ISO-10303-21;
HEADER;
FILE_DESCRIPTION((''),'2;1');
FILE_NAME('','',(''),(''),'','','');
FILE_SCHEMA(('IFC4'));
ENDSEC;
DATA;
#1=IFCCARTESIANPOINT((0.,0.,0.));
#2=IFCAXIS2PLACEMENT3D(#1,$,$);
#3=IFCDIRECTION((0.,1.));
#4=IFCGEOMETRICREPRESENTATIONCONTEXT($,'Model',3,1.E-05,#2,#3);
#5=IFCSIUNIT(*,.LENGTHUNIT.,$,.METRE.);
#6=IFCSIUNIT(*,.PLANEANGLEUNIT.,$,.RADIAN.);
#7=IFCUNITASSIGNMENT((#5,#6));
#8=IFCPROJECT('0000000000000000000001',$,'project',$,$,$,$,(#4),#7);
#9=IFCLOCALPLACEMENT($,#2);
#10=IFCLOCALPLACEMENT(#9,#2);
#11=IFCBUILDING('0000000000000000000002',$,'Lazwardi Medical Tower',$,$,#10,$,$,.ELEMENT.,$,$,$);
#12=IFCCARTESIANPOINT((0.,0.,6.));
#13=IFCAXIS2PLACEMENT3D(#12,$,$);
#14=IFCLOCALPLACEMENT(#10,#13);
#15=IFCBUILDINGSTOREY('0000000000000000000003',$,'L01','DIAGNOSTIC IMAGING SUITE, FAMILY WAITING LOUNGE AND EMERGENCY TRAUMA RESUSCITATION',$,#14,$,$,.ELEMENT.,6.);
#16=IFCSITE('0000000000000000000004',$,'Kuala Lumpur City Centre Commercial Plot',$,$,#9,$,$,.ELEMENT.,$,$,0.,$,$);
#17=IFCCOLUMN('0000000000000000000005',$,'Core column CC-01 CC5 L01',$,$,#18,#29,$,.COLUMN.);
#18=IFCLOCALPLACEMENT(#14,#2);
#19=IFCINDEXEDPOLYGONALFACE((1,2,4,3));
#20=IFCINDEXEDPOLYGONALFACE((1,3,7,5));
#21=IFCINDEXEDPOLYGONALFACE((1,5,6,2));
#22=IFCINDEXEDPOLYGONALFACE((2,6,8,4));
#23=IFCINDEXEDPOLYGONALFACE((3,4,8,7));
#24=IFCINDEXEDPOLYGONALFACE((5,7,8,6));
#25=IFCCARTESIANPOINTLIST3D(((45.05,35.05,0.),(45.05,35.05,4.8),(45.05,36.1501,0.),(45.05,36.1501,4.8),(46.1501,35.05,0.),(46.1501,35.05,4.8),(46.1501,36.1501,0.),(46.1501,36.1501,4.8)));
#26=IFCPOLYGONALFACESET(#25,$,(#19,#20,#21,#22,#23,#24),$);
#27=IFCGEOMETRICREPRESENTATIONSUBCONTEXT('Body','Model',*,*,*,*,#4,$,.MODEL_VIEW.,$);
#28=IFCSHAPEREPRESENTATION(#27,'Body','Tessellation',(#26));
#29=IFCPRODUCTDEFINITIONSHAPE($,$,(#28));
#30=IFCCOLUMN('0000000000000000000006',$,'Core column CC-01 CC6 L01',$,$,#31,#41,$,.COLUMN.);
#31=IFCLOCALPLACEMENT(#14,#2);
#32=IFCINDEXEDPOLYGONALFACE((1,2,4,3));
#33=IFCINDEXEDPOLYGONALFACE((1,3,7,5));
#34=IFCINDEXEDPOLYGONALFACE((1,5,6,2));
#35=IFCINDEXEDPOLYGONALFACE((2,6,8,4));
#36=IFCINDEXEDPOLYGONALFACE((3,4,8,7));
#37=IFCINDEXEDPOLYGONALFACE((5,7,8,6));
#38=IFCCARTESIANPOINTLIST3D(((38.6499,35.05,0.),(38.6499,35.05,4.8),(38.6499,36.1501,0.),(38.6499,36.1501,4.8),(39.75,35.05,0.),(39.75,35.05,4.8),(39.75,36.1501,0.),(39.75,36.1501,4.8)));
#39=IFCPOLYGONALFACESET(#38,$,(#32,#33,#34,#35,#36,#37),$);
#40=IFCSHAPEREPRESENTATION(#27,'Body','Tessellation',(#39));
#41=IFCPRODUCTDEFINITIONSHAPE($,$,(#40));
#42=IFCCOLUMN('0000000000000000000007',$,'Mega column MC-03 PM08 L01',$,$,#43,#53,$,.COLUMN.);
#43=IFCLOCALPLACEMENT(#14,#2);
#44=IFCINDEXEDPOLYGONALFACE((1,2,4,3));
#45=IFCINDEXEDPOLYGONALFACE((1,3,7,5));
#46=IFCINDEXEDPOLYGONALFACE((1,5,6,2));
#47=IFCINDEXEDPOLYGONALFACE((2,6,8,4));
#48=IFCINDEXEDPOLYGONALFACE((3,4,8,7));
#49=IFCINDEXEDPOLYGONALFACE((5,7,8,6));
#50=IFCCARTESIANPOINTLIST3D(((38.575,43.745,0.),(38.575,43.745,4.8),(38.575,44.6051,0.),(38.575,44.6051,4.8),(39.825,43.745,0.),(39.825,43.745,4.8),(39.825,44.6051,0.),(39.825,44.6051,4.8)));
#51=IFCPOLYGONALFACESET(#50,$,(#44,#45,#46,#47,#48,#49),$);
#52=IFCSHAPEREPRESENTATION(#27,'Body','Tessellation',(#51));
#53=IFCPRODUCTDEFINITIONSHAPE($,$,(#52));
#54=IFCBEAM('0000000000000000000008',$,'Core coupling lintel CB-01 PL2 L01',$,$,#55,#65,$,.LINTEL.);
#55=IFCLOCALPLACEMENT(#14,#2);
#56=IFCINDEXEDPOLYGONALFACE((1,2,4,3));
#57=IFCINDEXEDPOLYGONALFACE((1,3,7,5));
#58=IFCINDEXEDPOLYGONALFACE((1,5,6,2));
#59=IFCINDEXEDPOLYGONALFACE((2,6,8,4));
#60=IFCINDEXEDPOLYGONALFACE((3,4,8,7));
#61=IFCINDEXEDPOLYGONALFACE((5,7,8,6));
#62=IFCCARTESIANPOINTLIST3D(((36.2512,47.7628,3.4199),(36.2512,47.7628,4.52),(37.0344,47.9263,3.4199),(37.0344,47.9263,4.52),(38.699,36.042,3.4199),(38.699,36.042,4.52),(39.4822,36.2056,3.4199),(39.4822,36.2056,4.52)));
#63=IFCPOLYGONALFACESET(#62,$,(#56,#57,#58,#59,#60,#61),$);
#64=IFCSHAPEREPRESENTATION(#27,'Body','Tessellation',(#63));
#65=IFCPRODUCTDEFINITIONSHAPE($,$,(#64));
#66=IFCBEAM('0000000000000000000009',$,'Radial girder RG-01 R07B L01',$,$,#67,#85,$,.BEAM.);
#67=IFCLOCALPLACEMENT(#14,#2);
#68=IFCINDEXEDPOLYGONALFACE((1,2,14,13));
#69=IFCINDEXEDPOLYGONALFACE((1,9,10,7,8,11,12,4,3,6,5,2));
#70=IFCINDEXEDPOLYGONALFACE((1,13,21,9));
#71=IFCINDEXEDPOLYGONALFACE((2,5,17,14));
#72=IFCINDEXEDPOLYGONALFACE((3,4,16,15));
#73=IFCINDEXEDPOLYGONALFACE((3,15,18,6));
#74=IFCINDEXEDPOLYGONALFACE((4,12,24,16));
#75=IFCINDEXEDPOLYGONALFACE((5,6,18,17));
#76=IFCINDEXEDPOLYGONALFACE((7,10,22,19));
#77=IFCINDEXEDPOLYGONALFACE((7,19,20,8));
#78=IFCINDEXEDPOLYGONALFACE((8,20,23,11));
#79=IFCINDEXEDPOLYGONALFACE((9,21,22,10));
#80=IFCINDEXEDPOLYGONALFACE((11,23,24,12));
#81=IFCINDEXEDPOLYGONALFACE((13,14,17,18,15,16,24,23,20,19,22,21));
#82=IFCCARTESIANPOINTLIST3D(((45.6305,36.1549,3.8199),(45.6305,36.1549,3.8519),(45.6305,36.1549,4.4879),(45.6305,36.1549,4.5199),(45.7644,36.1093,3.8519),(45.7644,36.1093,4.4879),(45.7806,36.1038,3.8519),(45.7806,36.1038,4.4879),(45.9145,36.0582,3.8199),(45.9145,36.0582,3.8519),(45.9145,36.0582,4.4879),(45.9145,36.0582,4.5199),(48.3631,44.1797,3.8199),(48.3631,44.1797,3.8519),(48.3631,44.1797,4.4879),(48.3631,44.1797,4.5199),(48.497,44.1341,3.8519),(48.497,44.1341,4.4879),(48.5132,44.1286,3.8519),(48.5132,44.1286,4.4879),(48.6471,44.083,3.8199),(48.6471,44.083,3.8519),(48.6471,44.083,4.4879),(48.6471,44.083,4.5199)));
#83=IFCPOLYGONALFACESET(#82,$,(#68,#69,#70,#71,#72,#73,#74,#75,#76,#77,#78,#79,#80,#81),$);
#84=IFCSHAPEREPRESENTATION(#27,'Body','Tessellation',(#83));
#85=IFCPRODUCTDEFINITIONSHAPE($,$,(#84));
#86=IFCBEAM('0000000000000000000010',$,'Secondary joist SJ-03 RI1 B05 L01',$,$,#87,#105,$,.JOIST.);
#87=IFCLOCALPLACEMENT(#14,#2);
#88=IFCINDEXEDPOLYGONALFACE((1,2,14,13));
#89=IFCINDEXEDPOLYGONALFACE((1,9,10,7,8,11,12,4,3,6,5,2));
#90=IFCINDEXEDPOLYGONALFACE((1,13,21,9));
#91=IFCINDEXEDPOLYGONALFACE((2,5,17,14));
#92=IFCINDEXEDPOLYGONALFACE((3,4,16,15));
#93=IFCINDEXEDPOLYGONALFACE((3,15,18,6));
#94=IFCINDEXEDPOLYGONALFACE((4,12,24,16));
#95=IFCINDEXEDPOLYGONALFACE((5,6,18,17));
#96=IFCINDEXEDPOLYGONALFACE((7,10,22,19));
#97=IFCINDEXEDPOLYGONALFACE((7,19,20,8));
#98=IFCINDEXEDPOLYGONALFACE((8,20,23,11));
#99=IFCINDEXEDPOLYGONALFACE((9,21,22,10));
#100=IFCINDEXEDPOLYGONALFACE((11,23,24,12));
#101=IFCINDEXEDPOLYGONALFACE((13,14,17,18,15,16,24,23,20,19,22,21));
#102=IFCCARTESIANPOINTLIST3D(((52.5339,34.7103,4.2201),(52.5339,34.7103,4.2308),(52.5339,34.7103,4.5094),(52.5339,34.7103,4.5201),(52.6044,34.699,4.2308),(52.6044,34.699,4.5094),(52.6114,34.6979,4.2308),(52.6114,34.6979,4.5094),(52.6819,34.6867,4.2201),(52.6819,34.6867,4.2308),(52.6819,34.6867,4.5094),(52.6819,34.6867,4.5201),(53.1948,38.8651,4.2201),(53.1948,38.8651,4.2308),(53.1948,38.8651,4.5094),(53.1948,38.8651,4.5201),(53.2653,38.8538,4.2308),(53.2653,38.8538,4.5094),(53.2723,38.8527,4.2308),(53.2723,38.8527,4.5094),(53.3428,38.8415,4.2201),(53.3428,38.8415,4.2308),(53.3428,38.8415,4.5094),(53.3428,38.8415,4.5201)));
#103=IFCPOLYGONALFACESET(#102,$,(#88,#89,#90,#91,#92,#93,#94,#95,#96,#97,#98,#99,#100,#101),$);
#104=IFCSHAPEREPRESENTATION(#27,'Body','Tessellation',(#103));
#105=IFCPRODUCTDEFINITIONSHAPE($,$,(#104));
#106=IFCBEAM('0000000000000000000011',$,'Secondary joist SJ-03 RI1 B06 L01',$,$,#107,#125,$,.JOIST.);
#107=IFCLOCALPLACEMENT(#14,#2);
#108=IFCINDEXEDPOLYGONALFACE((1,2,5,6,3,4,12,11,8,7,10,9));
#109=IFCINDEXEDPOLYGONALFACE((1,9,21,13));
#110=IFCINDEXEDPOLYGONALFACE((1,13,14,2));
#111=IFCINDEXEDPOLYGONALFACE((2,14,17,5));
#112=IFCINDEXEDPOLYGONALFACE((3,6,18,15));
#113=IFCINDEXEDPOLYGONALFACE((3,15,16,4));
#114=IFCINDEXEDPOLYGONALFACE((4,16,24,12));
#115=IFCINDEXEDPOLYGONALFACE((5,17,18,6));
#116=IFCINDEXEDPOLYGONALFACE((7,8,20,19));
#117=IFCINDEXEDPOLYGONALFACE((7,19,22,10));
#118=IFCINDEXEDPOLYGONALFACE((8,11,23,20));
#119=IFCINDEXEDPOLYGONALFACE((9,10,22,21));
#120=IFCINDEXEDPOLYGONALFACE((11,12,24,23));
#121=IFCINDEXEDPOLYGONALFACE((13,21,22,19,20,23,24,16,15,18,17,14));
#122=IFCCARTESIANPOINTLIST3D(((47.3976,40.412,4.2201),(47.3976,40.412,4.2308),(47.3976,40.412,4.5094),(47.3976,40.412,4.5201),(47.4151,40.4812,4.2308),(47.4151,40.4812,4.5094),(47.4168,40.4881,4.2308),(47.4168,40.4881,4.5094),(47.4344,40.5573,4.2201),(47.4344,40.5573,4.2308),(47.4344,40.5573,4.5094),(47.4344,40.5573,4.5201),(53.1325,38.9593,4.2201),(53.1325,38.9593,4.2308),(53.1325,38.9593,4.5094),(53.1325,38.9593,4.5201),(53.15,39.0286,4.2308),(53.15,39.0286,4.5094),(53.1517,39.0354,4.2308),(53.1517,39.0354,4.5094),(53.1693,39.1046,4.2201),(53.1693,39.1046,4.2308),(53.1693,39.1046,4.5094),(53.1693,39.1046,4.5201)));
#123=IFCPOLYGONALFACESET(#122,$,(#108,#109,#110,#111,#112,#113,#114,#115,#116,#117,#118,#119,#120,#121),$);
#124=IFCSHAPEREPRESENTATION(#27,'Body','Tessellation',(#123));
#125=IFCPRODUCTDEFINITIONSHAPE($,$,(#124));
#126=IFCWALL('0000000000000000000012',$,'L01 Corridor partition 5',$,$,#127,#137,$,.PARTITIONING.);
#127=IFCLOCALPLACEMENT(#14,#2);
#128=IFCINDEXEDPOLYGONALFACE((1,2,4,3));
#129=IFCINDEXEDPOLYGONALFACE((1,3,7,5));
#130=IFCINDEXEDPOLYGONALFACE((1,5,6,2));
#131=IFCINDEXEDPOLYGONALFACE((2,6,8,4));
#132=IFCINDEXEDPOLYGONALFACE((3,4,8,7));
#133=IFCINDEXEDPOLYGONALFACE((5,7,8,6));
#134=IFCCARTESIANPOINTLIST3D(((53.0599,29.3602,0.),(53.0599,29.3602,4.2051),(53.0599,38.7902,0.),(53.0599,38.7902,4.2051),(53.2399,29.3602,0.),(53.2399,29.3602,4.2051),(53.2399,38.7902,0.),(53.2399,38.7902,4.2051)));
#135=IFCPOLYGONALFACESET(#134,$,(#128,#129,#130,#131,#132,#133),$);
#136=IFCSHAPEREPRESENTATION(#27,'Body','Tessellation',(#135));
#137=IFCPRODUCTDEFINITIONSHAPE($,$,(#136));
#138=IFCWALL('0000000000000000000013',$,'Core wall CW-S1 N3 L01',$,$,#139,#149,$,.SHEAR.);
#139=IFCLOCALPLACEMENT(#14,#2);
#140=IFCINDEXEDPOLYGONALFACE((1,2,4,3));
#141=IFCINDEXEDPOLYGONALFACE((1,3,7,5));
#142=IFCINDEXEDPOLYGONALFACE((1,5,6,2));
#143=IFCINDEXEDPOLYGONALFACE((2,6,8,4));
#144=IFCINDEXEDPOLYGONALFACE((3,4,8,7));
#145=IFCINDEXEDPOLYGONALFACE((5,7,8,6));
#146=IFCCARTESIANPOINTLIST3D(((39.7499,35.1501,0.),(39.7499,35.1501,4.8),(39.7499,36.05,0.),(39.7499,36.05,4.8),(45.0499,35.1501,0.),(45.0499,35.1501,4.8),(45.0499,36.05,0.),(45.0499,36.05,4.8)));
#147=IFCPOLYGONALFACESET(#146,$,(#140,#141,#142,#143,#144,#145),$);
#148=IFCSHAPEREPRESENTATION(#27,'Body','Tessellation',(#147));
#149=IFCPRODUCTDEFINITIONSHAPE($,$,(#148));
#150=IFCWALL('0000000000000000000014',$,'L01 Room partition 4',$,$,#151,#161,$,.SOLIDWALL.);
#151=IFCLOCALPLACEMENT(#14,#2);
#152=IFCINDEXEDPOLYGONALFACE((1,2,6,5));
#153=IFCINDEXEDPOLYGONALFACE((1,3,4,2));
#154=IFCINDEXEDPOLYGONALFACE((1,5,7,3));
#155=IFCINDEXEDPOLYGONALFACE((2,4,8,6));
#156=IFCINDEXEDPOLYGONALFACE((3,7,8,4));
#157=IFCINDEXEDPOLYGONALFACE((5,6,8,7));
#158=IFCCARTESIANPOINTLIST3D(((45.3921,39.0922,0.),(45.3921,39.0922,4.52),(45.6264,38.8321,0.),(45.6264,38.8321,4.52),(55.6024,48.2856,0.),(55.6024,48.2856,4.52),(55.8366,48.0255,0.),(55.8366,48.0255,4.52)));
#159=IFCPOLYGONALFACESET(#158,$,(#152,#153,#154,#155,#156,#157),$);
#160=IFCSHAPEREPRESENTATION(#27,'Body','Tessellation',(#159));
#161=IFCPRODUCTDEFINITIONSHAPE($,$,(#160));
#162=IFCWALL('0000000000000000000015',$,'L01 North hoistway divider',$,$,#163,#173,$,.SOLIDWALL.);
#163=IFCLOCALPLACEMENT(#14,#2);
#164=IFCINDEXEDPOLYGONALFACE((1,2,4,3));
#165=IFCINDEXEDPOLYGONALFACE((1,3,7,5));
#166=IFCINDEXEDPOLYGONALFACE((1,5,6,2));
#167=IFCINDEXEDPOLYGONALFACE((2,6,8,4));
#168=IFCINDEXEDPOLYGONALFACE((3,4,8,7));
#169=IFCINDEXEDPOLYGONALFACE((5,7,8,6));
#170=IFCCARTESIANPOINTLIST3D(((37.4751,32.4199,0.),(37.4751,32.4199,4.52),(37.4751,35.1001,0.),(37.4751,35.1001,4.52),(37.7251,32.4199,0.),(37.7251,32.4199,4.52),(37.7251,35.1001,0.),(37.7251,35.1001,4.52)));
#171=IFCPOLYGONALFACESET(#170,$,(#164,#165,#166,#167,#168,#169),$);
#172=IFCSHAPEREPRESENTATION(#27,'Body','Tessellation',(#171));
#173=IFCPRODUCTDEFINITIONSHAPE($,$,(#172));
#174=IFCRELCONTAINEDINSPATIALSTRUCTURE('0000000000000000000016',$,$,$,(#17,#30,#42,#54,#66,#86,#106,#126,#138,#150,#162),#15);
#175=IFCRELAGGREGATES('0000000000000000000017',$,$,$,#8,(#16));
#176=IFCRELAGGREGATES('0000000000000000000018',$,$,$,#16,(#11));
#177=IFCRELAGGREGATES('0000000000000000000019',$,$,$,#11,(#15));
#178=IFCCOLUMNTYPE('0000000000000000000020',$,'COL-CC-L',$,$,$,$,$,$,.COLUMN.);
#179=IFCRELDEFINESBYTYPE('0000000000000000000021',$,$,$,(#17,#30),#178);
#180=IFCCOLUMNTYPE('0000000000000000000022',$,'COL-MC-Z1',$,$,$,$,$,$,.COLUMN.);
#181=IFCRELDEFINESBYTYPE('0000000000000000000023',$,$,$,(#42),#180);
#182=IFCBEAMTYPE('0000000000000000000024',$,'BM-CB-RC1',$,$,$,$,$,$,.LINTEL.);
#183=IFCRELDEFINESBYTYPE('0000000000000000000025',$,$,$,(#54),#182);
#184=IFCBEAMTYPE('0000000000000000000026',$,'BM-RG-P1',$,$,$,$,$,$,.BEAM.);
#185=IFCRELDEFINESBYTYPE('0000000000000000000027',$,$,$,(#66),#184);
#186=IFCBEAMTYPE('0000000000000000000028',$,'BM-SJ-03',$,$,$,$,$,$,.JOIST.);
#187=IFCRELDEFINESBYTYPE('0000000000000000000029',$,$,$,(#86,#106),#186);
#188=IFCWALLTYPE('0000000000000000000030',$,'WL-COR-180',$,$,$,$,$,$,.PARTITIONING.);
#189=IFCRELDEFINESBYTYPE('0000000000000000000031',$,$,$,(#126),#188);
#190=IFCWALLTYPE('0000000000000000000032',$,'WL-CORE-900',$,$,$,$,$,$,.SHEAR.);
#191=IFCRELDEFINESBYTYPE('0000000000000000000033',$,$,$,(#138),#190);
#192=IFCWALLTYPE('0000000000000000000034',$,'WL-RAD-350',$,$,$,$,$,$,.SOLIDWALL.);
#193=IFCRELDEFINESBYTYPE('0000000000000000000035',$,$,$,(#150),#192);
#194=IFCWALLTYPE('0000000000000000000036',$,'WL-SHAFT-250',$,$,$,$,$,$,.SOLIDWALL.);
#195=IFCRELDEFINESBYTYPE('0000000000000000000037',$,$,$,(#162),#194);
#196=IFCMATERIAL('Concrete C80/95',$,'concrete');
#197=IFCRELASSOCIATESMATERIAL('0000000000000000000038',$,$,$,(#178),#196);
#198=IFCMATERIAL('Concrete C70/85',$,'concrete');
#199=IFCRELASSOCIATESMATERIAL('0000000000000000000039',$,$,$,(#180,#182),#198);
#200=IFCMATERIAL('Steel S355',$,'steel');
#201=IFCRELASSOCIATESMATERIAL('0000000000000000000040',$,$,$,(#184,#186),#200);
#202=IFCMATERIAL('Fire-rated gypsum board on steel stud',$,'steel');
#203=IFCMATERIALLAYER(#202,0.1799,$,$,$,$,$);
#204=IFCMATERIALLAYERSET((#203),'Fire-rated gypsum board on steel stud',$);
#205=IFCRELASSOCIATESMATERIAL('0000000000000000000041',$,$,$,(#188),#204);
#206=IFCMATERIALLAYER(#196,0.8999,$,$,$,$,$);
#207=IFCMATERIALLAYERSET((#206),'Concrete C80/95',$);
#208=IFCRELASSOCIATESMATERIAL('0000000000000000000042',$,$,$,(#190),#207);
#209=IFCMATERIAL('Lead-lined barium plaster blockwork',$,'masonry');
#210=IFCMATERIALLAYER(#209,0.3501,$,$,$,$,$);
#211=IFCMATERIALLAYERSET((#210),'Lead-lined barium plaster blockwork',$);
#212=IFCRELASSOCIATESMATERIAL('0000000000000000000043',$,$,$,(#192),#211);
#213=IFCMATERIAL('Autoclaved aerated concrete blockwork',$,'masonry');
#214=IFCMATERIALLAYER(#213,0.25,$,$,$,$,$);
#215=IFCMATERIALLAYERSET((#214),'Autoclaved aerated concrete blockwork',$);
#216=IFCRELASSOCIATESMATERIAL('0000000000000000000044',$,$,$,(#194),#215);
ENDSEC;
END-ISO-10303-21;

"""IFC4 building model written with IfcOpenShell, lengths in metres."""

from ifc_helpers import new_model, si_unit, direction, frame, frame_2d, origin, origin_2d, place, context, subcontext, project, spatial, rectangle, i_section, extrude, material, layer, layer_set, material_profile, profile_set, type_object, element, save


model = new_model("IFC4")

# Units and contexts
model_context = context("Model", 3, precision=1e-05, world=origin(), true_north=direction((0.0, 1.0)))
body_context = subcontext(model_context, "Body", "Model", "MODEL_VIEW")
ifc_project = project(units=[si_unit("LENGTHUNIT", "METRE"), si_unit("PLANEANGLEUNIT", "RADIAN")], contexts=[model_context])

# Site, building, storey
site_placement = place(None, origin())
site = spatial("IfcSite", under=ifc_project, at=site_placement, Name="Kuala Lumpur City Centre Commercial Plot", CompositionType="ELEMENT", RefElevation=0.0)
building_placement = place(site_placement, origin())
building = spatial("IfcBuilding", under=site, at=building_placement, Name="Lazwardi Medical Tower", CompositionType="ELEMENT")
storey_placement = place(building_placement, frame((0.0, 0.0, 6.0)))
storey = spatial("IfcBuildingStorey", under=building, at=storey_placement, Name="L01", Description="DIAGNOSTIC IMAGING SUITE, FAMILY WAITING LOUNGE AND EMERGENCY TRAUMA RESUSCITATION", CompositionType="ELEMENT", Elevation=6.0)

# Columns
ifc_material_1 = material(Name="Concrete C80/95", Category="concrete")
ifc_material_profile_1 = material_profile(ifc_material_1, rectangle(XDim=1.1001, YDim=1.1001, at=origin_2d()), Name="RC 1100x1100")
ifc_profile_set_1 = profile_set([ifc_material_profile_1], Name="Concrete C80/95")
column_type_1 = type_object("IfcColumnType", Name="COL-CC-L", PredefinedType="COLUMN", material=ifc_profile_set_1)
for number, where, z_axis, x_axis, name in (
    (1, (45.6001, 35.6001, 0.0), (0.0, 0.0, 1.0), (1.0, 0.0, 0.0), "Core column CC-01 CC5 L01"),
    (2, (39.2, 35.6001, 0.0), (0.0, 0.0, 1.0), (1.0, 0.0, 0.0), "Core column CC-01 CC6 L01"),
):
    element("IfcColumn", number, at=place(storey_placement, frame(where, z_axis=z_axis, x_axis=x_axis)), inside=storey, type_object=column_type_1, Name=name, PredefinedType="COLUMN", context=body_context, shape_type="SweptSolid", body=[
        extrude(rectangle(XDim=1.1001, YDim=1.1001, at=origin_2d()), origin(), (0.0, 0.0, 1.0), 4.8),
    ])
ifc_material_2 = material(Name="Concrete C70/85", Category="concrete")
ifc_material_profile_2 = material_profile(ifc_material_2, rectangle(XDim=1.25, YDim=0.8601, at=origin_2d()), Name="CFT-RECT 1250x860")
ifc_profile_set_2 = profile_set([ifc_material_profile_2], Name="Concrete C70/85")
column_type_2 = type_object("IfcColumnType", Name="COL-MC-Z1", PredefinedType="COLUMN", material=ifc_profile_set_2)
column_placement = place(storey_placement, frame((39.2, 44.175, 0.0), z_axis=(0.0, 0.0, 1.0), x_axis=(1.0, 0.0, 0.0)))
element("IfcColumn", 3, at=column_placement, inside=storey, type_object=column_type_2, Name="Mega column MC-03 PM08 L01", PredefinedType="COLUMN", context=body_context, shape_type="SweptSolid", body=[
    extrude(rectangle(XDim=1.25, YDim=0.8601, at=origin_2d()), origin(), (0.0, 0.0, 1.0), 4.8),
])

# Beams
ifc_material_profile_3 = material_profile(ifc_material_2, rectangle(XDim=0.8, YDim=1.1001, at=origin_2d()), Name="RC 800x1100")
ifc_profile_set_3 = profile_set([ifc_material_profile_3], Name="Concrete C70/85")
beam_type_1 = type_object("IfcBeamType", Name="BM-CB-RC1", PredefinedType="LINTEL", material=ifc_profile_set_3)
beam_1_placement = place(storey_placement, frame((39.0906, 36.1238, 3.97), z_axis=(-0.20443, 0.978881, 0.0), x_axis=(-0.978881, -0.20443, 0.0)))
element("IfcBeam", 4, at=beam_1_placement, inside=storey, type_object=beam_type_1, Name="Core coupling lintel CB-01 PL2 L01", PredefinedType="LINTEL", context=body_context, shape_type="SweptSolid", body=[
    extrude(rectangle(XDim=0.8, YDim=1.1001, at=origin_2d()), origin(), (0.0, 0.0, 1.0), 11.9736),
])
ifc_material_3 = material(Name="Steel S355", Category="steel")
ifc_material_profile_4 = material_profile(ifc_material_3, i_section(OverallWidth=0.3, OverallDepth=0.7, WebThickness=0.0171, FlangeThickness=0.032, at=origin_2d()), Name="HEB 700")
ifc_profile_set_4 = profile_set([ifc_material_profile_4], Name="Steel S355")
beam_type_2 = type_object("IfcBeamType", Name="BM-RG-P1", PredefinedType="BEAM", material=ifc_profile_set_4)
beam_2_placement = place(storey_placement, frame((48.5051, 44.1313, 4.1699), z_axis=(-0.322347, -0.946622, 0.0), x_axis=(0.946622, -0.322347, 0.0)))
element("IfcBeam", 5, at=beam_2_placement, inside=storey, type_object=beam_type_2, Name="Radial girder RG-01 R07B L01", PredefinedType="BEAM", context=body_context, shape_type="SweptSolid", body=[
    extrude(i_section(OverallWidth=0.3, OverallDepth=0.7, WebThickness=0.0171, FlangeThickness=0.032, at=origin_2d()), origin(), (0.0, 0.0, 1.0), 8.4773),
])
ifc_material_profile_5 = material_profile(ifc_material_3, i_section(OverallWidth=0.1499, OverallDepth=0.3, WebThickness=0.0071, FlangeThickness=0.0107, at=origin_2d()), Name="IPE 300")
ifc_profile_set_5 = profile_set([ifc_material_profile_5], Name="Steel S355")
beam_type_3 = type_object("IfcBeamType", Name="BM-SJ-03", PredefinedType="JOIST", material=ifc_profile_set_5)
beam_3_placement = place(storey_placement, frame((52.6079, 34.6985, 4.3701), z_axis=(0.157092, 0.987584, 0.0), x_axis=(-0.987584, 0.157092, 0.0)))
element("IfcBeam", 6, at=beam_3_placement, inside=storey, type_object=beam_type_3, Name="Secondary joist SJ-03 RI1 B05 L01", PredefinedType="JOIST", context=body_context, shape_type="SweptSolid", body=[
    extrude(i_section(OverallWidth=0.1499, OverallDepth=0.3, WebThickness=0.0071, FlangeThickness=0.0107, at=origin_2d()), origin(), (0.0, 0.0, 1.0), 4.207),
])
beam_4_placement = place(storey_placement, frame((53.1509, 39.032, 4.3701), z_axis=(-0.969385, 0.245545, 0.0), x_axis=(-0.245545, -0.969385, 0.0)))
element("IfcBeam", 7, at=beam_4_placement, inside=storey, type_object=beam_type_3, Name="Secondary joist SJ-03 RI1 B06 L01", PredefinedType="JOIST", context=body_context, shape_type="SweptSolid", body=[
    extrude(i_section(OverallWidth=0.1499, OverallDepth=0.3, WebThickness=0.0071, FlangeThickness=0.0107, at=origin_2d()), origin(), (0.0, 0.0, 1.0), 5.916),
])

# Walls
ifc_material_4 = material(Name="Fire-rated gypsum board on steel stud", Category="steel")
ifc_layer_1 = layer(ifc_material_4, 0.1799)
ifc_layer_set_1 = layer_set([ifc_layer_1], Name="Fire-rated gypsum board on steel stud")
wall_type_1 = type_object("IfcWallType", Name="WL-COR-180", PredefinedType="PARTITIONING", material=ifc_layer_set_1)
wall_1_placement = place(storey_placement, frame((53.1499, 38.79, 0.0), z_axis=(0.0, 0.0, 1.0), x_axis=(0.0, -1.0, 0.0)))
element("IfcWall", 8, at=wall_1_placement, inside=storey, type_object=wall_type_1, Name="L01 Corridor partition 5", PredefinedType="PARTITIONING", context=body_context, shape_type="SweptSolid", body=[
    extrude(rectangle(XDim=9.4299, YDim=0.1799, at=frame_2d((4.7148, 0.0))), origin(), (0.0, 0.0, 1.0), 4.2051),
])
ifc_layer_2 = layer(ifc_material_1, 0.8999)
ifc_layer_set_2 = layer_set([ifc_layer_2], Name="Concrete C80/95")
wall_type_2 = type_object("IfcWallType", Name="WL-CORE-900", PredefinedType="SHEAR", material=ifc_layer_set_2)
wall_2_placement = place(storey_placement, frame((39.75, 35.6001, 0.0), z_axis=(0.0, 0.0, 1.0), x_axis=(1.0, 0.0, 0.0)))
element("IfcWall", 9, at=wall_2_placement, inside=storey, type_object=wall_type_2, Name="Core wall CW-S1 N3 L01", PredefinedType="SHEAR", context=body_context, shape_type="SweptSolid", body=[
    extrude(rectangle(XDim=5.3, YDim=0.8999, at=frame_2d((2.6499, 0.0))), origin(), (0.0, 0.0, 1.0), 4.8),
])
ifc_material_5 = material(Name="Lead-lined barium plaster blockwork", Category="masonry")
ifc_layer_3 = layer(ifc_material_5, 0.3501)
ifc_layer_set_3 = layer_set([ifc_layer_3], Name="Lead-lined barium plaster blockwork")
wall_type_3 = type_object("IfcWallType", Name="WL-RAD-350", PredefinedType="SOLIDWALL", material=ifc_layer_set_3)
wall_3_placement = place(storey_placement, frame((45.5093, 38.9622, 0.0), z_axis=(0.0, 0.0, 1.0), x_axis=(0.743143, 0.669133, 0.0)))
element("IfcWall", 10, at=wall_3_placement, inside=storey, type_object=wall_type_3, Name="L01 Room partition 4", PredefinedType="SOLIDWALL", context=body_context, shape_type="SweptSolid", body=[
    extrude(rectangle(XDim=13.7393, YDim=0.3501, at=frame_2d((6.8696, 0.0))), origin(), (0.0, 0.0, 1.0), 4.52),
])
ifc_material_6 = material(Name="Autoclaved aerated concrete blockwork", Category="masonry")
ifc_layer_4 = layer(ifc_material_6, 0.25)
ifc_layer_set_4 = layer_set([ifc_layer_4], Name="Autoclaved aerated concrete blockwork")
wall_type_4 = type_object("IfcWallType", Name="WL-SHAFT-250", PredefinedType="SOLIDWALL", material=ifc_layer_set_4)
for number, where, z_axis, x_axis, name in (
    (11, (37.6001, 32.4199, 0.0), (0.0, 0.0, 1.0), (0.0, 1.0, 0.0), "L01 North hoistway divider"),
):
    element("IfcWall", number, at=place(storey_placement, frame(where, z_axis=z_axis, x_axis=x_axis)), inside=storey, type_object=wall_type_4, Name=name, PredefinedType="SOLIDWALL", context=body_context, shape_type="SweptSolid", body=[
        extrude(rectangle(XDim=2.6802, YDim=0.25, at=frame_2d((1.3401, 0.0))), origin(), (0.0, 0.0, 1.0), 4.52),
    ])

save(model, "model.ifc")
